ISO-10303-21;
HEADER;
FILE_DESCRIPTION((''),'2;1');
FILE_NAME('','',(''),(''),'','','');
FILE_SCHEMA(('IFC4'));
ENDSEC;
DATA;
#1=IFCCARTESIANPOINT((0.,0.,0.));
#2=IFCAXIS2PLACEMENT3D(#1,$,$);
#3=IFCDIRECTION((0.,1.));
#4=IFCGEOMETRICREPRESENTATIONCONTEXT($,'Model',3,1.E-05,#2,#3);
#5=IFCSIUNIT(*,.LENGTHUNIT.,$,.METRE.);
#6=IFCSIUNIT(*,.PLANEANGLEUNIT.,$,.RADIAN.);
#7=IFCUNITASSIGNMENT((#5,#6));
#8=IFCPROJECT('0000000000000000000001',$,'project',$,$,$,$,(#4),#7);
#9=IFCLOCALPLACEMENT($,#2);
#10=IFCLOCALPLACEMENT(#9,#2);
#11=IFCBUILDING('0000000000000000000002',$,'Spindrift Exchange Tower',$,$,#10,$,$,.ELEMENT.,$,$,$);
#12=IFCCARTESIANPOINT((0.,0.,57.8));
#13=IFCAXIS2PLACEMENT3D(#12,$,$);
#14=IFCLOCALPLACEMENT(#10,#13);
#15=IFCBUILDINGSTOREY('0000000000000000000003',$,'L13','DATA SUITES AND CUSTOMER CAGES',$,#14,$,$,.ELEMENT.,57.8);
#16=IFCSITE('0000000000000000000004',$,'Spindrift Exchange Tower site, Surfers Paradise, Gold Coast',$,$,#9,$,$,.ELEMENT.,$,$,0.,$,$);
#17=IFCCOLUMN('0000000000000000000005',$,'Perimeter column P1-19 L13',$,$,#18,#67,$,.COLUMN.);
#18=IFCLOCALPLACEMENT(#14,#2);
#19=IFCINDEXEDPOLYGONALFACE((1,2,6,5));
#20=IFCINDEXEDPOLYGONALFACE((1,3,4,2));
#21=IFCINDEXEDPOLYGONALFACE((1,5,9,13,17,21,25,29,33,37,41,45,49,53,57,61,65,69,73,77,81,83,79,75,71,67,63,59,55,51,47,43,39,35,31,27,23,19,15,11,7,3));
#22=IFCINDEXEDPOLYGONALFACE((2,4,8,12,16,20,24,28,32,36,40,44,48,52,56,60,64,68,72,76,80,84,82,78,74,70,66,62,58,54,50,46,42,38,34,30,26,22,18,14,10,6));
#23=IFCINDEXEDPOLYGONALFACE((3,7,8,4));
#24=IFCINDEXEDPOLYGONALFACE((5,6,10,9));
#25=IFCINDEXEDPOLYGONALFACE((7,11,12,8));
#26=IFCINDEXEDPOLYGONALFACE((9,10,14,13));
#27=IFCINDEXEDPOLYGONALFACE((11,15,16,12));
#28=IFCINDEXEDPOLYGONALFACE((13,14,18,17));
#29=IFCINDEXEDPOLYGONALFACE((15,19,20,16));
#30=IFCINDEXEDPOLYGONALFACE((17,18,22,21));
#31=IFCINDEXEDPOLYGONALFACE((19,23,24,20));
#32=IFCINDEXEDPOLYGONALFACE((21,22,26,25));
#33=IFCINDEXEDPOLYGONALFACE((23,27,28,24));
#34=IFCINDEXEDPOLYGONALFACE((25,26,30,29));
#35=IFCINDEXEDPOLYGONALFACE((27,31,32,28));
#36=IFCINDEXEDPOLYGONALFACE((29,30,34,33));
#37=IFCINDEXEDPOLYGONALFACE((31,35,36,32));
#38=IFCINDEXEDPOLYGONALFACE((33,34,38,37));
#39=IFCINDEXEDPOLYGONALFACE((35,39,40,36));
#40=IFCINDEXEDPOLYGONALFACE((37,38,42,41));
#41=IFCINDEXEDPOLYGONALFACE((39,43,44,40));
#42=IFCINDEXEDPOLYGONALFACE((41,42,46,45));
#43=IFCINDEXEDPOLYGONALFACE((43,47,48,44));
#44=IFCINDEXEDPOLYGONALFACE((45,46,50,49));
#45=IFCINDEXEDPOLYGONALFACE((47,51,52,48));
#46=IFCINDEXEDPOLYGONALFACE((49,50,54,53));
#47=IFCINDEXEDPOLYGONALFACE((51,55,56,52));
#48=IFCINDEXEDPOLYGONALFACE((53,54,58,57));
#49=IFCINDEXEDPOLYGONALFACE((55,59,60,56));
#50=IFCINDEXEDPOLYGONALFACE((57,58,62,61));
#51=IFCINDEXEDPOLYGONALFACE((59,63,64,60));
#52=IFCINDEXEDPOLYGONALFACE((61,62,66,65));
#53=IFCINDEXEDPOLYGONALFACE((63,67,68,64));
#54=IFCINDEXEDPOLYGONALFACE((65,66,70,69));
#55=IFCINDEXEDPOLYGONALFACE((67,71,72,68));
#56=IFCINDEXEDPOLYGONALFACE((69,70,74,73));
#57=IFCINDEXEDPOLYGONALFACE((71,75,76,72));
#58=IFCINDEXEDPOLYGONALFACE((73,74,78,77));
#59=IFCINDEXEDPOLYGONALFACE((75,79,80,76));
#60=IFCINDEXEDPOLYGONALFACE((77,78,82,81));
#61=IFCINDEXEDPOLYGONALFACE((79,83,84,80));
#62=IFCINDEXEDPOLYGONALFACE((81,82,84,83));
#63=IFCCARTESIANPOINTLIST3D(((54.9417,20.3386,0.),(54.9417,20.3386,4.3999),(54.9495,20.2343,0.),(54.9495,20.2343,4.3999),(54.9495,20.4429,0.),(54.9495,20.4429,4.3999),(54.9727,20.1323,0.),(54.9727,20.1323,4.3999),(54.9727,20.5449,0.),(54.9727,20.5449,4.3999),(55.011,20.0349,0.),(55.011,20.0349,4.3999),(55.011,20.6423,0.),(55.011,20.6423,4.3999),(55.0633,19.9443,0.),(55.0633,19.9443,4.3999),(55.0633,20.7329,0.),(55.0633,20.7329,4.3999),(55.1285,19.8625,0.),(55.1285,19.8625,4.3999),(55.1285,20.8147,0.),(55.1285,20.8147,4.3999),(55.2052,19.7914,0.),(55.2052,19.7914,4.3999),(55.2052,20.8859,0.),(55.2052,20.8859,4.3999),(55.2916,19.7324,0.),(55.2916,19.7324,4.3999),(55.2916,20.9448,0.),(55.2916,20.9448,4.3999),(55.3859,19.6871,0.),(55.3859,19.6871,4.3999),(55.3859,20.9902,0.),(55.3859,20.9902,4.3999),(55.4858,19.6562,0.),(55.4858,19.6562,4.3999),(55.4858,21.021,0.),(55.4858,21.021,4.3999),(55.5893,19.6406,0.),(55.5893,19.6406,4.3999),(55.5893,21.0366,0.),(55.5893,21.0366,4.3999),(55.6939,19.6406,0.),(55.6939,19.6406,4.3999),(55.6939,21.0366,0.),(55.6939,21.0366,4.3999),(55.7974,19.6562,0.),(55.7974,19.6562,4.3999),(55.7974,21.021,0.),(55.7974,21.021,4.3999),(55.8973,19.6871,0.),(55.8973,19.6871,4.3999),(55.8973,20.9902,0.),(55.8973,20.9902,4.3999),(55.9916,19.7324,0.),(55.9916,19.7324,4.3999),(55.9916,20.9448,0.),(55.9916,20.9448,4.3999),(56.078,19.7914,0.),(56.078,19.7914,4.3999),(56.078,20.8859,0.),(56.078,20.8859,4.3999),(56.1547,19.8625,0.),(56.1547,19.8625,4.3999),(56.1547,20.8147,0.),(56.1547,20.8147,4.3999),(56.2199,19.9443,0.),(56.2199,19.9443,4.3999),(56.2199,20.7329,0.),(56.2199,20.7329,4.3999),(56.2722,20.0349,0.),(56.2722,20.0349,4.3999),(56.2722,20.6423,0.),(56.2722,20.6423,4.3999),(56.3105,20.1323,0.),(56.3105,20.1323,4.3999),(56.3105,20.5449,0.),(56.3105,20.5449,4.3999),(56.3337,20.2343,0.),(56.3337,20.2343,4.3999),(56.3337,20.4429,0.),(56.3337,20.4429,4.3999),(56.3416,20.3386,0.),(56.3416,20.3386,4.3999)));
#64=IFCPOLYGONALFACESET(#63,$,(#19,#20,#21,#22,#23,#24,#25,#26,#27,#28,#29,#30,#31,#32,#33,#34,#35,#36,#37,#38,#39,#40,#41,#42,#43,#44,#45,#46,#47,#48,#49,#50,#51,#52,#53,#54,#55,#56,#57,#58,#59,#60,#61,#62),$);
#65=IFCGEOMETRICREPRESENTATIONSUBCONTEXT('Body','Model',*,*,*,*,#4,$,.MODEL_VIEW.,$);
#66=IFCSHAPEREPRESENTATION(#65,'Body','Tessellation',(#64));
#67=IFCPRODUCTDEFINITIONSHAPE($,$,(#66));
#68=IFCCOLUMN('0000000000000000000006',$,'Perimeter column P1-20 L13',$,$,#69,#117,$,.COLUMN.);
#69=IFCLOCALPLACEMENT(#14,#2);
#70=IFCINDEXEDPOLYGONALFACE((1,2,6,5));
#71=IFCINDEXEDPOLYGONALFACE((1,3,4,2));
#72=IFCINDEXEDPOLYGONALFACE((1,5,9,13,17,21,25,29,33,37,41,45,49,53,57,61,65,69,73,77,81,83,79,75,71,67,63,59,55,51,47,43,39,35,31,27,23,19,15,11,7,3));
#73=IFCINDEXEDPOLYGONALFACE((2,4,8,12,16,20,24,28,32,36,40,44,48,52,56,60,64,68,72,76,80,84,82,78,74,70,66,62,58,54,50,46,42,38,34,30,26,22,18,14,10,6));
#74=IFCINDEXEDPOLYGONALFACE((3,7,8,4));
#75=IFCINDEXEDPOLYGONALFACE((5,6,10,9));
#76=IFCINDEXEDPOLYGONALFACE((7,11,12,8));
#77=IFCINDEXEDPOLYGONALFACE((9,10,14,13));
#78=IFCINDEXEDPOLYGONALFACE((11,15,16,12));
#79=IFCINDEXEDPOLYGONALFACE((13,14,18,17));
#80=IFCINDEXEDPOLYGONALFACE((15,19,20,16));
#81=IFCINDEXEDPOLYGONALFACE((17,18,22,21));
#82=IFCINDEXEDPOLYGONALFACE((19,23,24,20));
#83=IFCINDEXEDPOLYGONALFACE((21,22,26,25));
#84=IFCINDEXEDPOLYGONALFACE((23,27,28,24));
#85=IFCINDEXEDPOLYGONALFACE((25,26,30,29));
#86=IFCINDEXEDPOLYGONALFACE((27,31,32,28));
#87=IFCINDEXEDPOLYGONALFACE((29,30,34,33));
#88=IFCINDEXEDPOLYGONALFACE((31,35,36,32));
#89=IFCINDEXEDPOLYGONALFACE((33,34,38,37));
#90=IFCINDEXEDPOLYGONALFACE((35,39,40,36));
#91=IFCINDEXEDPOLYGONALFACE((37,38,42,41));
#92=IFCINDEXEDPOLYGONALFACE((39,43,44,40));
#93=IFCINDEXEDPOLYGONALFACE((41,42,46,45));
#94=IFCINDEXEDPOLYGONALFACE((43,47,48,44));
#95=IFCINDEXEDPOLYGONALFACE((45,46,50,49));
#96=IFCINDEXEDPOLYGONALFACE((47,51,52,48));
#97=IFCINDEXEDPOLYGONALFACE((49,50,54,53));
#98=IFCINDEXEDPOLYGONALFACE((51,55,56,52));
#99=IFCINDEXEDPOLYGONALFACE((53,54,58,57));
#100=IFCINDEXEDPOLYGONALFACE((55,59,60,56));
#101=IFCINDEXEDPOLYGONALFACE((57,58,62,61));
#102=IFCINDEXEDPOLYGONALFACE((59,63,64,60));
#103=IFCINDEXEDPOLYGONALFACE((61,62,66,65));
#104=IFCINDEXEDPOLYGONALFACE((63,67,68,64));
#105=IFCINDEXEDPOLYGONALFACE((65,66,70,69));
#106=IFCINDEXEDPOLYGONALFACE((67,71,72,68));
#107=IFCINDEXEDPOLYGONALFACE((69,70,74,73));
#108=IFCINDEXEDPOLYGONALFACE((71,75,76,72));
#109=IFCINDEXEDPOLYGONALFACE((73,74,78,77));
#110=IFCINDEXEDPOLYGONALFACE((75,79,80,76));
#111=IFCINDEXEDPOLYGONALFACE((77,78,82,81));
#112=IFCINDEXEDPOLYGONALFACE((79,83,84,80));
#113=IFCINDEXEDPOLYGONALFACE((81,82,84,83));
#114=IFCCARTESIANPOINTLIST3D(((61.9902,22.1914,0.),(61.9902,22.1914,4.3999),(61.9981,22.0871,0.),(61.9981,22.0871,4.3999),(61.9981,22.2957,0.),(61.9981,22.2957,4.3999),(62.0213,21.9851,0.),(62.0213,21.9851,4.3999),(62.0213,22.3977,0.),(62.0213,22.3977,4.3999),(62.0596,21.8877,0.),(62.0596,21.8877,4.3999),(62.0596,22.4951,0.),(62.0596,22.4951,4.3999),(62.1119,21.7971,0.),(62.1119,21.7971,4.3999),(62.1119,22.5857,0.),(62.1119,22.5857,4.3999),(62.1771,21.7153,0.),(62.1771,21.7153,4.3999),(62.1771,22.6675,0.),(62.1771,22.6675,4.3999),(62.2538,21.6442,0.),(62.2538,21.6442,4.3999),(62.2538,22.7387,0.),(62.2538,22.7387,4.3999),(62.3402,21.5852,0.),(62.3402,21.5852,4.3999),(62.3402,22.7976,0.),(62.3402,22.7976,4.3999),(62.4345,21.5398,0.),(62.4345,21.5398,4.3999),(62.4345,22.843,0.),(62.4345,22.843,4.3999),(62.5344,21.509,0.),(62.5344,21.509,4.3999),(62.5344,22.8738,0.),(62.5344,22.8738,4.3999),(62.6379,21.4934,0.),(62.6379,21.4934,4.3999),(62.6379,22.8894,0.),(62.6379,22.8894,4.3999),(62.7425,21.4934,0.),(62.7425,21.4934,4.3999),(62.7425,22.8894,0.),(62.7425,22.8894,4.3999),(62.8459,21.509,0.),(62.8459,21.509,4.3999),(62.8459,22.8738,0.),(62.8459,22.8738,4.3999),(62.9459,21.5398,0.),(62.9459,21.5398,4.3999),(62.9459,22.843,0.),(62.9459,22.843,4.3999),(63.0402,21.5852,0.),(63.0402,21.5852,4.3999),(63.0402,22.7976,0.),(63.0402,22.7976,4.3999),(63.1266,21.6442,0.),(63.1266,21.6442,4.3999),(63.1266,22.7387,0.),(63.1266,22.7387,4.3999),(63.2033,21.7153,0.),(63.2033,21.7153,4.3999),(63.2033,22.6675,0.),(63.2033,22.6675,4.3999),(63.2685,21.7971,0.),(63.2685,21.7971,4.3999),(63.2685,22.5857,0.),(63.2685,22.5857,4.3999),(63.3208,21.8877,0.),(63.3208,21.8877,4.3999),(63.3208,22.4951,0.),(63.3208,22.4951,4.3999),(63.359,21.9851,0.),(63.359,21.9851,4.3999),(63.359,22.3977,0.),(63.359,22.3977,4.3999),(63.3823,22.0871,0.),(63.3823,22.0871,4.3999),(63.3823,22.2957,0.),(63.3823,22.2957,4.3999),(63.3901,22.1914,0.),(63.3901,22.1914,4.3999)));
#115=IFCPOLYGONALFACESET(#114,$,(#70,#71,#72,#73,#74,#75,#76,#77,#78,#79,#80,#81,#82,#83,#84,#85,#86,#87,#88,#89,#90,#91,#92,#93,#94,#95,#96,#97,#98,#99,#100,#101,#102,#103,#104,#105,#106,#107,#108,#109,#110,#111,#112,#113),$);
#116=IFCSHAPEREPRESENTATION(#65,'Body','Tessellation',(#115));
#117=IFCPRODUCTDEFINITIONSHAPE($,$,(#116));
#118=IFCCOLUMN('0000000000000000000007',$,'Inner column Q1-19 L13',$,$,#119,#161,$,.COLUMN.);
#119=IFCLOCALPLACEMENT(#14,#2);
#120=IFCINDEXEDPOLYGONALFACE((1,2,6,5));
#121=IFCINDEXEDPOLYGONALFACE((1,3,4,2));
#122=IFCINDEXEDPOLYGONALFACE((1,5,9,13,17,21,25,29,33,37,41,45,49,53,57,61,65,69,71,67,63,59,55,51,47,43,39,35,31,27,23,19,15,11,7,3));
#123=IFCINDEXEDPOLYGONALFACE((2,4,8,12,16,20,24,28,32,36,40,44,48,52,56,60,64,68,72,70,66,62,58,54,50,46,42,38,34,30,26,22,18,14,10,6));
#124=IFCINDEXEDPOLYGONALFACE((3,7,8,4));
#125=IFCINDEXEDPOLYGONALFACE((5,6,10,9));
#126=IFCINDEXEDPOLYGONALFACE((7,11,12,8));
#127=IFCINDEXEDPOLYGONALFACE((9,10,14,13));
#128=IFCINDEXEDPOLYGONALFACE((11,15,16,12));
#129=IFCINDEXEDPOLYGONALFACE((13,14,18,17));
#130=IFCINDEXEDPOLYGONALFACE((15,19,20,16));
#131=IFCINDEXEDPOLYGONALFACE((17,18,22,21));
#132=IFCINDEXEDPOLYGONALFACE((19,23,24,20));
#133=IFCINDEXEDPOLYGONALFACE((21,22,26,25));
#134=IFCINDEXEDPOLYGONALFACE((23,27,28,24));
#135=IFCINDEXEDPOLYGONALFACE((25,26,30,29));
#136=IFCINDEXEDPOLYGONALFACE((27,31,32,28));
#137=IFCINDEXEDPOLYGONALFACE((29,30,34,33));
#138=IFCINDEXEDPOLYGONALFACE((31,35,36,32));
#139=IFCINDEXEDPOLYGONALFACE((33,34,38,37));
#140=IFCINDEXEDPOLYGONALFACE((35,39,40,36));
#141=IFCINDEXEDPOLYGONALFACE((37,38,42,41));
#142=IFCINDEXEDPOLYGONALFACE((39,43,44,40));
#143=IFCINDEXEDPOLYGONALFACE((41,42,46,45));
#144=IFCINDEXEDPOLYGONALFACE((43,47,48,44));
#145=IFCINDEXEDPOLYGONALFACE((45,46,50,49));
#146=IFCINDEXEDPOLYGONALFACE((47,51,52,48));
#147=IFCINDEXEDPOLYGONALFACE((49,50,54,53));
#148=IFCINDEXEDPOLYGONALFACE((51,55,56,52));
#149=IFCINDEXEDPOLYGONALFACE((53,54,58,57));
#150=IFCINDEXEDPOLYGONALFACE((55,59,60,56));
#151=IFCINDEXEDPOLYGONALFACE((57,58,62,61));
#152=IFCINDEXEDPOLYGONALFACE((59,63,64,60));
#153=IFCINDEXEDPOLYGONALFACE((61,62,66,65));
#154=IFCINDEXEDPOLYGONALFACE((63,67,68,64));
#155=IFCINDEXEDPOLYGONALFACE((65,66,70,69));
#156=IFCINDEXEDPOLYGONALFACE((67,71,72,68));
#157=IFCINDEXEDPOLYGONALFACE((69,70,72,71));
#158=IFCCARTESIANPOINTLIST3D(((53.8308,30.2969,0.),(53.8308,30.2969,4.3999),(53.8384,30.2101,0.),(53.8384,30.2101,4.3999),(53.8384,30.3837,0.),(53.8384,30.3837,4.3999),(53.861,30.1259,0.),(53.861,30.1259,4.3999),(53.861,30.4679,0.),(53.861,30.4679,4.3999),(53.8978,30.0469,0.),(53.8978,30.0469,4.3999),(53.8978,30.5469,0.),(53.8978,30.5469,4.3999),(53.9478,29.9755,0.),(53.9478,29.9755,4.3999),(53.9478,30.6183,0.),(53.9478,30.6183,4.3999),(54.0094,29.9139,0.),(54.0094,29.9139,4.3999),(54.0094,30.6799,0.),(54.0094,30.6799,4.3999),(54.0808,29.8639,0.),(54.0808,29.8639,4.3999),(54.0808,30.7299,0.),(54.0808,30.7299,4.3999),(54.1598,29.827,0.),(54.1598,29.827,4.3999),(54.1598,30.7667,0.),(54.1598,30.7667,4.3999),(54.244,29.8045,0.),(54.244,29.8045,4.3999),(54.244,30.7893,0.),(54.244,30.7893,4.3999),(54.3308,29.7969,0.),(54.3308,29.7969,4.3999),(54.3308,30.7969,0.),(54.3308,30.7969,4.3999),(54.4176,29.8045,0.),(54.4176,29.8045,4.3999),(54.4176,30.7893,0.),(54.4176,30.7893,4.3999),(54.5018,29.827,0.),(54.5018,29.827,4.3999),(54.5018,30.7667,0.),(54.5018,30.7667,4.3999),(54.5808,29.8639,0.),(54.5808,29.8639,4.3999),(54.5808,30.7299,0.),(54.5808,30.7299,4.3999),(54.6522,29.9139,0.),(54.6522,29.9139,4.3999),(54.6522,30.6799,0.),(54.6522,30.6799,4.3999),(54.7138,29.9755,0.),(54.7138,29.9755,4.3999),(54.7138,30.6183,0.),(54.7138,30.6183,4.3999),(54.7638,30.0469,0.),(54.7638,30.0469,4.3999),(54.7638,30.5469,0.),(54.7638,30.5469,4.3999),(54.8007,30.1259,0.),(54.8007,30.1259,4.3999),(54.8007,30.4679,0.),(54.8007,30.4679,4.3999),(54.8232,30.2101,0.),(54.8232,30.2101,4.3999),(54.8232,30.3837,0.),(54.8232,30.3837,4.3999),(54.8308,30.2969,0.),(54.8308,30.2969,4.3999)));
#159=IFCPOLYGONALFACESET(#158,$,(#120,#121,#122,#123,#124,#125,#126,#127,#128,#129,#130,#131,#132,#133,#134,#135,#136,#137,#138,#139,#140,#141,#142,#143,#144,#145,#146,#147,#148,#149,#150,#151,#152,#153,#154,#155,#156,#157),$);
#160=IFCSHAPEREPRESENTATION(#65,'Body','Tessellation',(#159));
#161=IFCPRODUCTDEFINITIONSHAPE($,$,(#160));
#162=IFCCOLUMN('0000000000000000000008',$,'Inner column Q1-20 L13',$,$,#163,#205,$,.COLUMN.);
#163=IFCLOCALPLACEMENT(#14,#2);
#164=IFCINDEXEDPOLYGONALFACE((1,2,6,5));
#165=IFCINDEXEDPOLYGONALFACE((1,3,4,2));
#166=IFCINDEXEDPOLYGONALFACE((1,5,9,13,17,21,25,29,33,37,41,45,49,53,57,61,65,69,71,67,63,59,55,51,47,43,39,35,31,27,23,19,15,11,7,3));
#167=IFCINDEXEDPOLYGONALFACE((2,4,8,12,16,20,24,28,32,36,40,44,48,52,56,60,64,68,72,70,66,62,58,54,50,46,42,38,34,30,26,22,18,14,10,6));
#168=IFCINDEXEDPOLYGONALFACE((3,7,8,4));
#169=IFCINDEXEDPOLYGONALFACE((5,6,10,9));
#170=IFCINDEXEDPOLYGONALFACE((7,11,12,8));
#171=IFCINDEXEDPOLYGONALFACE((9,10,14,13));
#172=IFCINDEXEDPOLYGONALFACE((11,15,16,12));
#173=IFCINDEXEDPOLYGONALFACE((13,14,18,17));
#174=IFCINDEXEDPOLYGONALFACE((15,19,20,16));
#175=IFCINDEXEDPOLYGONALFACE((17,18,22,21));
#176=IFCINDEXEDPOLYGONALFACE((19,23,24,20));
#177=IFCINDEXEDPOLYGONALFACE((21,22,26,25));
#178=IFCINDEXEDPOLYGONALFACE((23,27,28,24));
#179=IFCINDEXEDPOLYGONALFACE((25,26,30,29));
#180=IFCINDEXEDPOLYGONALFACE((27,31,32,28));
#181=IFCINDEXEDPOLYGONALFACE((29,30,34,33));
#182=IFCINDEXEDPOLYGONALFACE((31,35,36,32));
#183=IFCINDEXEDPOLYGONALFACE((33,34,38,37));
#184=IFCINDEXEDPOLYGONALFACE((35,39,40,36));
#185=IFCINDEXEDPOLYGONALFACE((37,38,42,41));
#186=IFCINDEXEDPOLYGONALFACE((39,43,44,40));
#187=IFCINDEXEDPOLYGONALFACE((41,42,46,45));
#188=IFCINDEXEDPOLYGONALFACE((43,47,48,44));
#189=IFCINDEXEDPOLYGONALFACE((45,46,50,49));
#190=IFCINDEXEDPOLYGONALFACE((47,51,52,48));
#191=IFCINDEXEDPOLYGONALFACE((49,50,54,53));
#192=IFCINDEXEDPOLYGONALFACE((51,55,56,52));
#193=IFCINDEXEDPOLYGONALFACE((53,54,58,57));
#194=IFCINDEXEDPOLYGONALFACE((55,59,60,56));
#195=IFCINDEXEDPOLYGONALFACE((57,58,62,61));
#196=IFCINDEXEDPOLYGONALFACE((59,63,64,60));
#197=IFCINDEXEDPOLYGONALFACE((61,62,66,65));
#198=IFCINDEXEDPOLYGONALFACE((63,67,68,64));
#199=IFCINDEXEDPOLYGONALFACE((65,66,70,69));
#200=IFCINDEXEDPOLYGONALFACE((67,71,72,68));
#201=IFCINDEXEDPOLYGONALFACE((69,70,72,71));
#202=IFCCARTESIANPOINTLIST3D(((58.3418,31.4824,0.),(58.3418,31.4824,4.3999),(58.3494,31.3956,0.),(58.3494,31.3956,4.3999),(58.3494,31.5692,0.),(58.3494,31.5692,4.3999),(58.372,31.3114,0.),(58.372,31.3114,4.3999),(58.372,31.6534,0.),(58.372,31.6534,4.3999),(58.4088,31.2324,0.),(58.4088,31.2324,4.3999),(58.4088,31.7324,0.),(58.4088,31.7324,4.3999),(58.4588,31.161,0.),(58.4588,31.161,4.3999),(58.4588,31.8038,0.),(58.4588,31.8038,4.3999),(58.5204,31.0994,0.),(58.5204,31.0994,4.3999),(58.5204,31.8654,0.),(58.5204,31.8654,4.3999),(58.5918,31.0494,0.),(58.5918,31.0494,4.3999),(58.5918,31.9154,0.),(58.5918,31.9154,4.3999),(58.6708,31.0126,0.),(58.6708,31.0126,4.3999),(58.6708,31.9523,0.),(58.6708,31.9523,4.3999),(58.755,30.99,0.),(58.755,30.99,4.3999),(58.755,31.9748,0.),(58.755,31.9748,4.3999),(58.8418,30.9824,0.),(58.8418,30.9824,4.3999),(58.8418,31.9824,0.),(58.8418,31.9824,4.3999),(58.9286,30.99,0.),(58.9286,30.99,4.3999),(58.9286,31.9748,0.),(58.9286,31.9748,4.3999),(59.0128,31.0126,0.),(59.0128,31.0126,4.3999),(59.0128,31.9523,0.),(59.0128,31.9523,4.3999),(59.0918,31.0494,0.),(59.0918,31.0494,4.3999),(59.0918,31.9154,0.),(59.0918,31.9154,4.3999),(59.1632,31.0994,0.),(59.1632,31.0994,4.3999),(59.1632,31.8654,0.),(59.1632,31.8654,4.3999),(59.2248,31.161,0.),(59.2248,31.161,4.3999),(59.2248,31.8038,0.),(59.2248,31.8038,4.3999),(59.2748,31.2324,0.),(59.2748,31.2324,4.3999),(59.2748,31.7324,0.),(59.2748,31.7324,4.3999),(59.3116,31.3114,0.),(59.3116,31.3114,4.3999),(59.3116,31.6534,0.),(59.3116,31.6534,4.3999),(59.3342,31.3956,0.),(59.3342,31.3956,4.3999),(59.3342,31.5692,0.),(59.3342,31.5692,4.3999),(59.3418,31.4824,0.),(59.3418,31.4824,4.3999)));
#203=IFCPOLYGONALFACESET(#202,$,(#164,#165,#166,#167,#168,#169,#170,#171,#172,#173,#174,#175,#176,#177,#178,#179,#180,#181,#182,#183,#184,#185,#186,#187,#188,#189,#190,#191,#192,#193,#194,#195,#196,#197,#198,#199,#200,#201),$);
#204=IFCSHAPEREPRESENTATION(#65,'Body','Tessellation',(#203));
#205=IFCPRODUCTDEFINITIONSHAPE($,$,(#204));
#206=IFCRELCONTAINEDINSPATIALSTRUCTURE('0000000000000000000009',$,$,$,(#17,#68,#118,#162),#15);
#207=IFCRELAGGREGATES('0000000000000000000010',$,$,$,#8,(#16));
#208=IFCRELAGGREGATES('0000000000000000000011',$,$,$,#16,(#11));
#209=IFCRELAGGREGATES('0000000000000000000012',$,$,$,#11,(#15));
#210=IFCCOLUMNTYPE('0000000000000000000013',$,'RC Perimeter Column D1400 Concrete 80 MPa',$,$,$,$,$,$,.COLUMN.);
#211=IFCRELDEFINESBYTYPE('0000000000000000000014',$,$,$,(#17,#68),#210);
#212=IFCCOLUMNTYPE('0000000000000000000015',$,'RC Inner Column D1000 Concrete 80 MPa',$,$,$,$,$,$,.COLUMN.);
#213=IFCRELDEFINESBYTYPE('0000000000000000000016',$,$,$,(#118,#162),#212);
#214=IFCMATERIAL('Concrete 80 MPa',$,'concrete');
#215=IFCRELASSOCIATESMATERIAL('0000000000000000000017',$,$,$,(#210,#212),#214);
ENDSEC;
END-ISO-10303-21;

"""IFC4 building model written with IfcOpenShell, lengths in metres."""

from ifc_helpers import new_model, si_unit, direction, frame, origin, origin_2d, place, context, subcontext, project, spatial, circle, extrude, source, transform, mapped, material, material_profile, profile_set, type_object, element, save


model = new_model("IFC4")

# Units and contexts
model_context = context("Model", 3, precision=1e-05, world=origin(), true_north=direction((0.0, 1.0)))
body_context = subcontext(model_context, "Body", "Model", "MODEL_VIEW")
ifc_project = project(units=[si_unit("LENGTHUNIT", "METRE"), si_unit("PLANEANGLEUNIT", "RADIAN")], contexts=[model_context])

# Site, building, storey
site_placement = place(None, origin())
site = spatial("IfcSite", under=ifc_project, at=site_placement, Name="Spindrift Exchange Tower site, Surfers Paradise, Gold Coast", CompositionType="ELEMENT", RefElevation=0.0)
building_placement = place(site_placement, origin())
building = spatial("IfcBuilding", under=site, at=building_placement, Name="Spindrift Exchange Tower", CompositionType="ELEMENT")
storey_placement = place(building_placement, frame((0.0, 0.0, 57.8)))
storey = spatial("IfcBuildingStorey", under=building, at=storey_placement, Name="L13", Description="DATA SUITES AND CUSTOMER CAGES", CompositionType="ELEMENT", Elevation=57.8)

# Columns
ifc_material_1 = material(Name="Concrete 80 MPa", Category="concrete")
ifc_material_profile_1 = material_profile(ifc_material_1, circle(Radius=0.7, at=origin_2d()), Name="RC D1400")
ifc_profile_set_1 = profile_set([ifc_material_profile_1], Name="Concrete 80 MPa")
column_type_1 = type_object("IfcColumnType", Name="RC Perimeter Column D1400 Concrete 80 MPa", PredefinedType="COLUMN", material=ifc_profile_set_1)
shared_shape_1 = source(origin(), body_context, "Body", "SweptSolid", [
    extrude(circle(Radius=0.7, at=origin_2d()), origin(), (0.0, 0.0, 1.0), 4.3999),
])
for number, where, z_axis, x_axis, name in (
    (1, (55.6416, 20.3386, 0.0), (0.0, 0.0, 1.0), (1.0, 0.0, 0.0), "Perimeter column P1-19 L13"),
    (2, (62.6902, 22.1914, 0.0), (0.0, 0.0, 1.0), (1.0, 0.0, 0.0), "Perimeter column P1-20 L13"),
):
    element("IfcColumn", number, at=place(storey_placement, frame(where, z_axis=z_axis, x_axis=x_axis)), inside=storey, type_object=column_type_1, Name=name, PredefinedType="COLUMN", context=body_context, shape_type="MappedRepresentation", body=[
        mapped(shared_shape_1, transform((0.0, 0.0, 0.0), scale=1.0)),
    ])
ifc_material_profile_2 = material_profile(ifc_material_1, circle(Radius=0.5, at=origin_2d()), Name="RC D1000")
ifc_profile_set_2 = profile_set([ifc_material_profile_2], Name="Concrete 80 MPa")
column_type_2 = type_object("IfcColumnType", Name="RC Inner Column D1000 Concrete 80 MPa", PredefinedType="COLUMN", material=ifc_profile_set_2)
shared_shape_2 = source(origin(), body_context, "Body", "SweptSolid", [
    extrude(circle(Radius=0.5, at=origin_2d()), origin(), (0.0, 0.0, 1.0), 4.3999),
])
for number, where, z_axis, x_axis, name in (
    (3, (54.3308, 30.2969, 0.0), (0.0, 0.0, 1.0), (1.0, 0.0, 0.0), "Inner column Q1-19 L13"),
    (4, (58.8418, 31.4824, 0.0), (0.0, 0.0, 1.0), (1.0, 0.0, 0.0), "Inner column Q1-20 L13"),
):
    element("IfcColumn", number, at=place(storey_placement, frame(where, z_axis=z_axis, x_axis=x_axis)), inside=storey, type_object=column_type_2, Name=name, PredefinedType="COLUMN", context=body_context, shape_type="MappedRepresentation", body=[
        mapped(shared_shape_2, transform((0.0, 0.0, 0.0), scale=1.0)),
    ])

save(model, "model.ifc")
